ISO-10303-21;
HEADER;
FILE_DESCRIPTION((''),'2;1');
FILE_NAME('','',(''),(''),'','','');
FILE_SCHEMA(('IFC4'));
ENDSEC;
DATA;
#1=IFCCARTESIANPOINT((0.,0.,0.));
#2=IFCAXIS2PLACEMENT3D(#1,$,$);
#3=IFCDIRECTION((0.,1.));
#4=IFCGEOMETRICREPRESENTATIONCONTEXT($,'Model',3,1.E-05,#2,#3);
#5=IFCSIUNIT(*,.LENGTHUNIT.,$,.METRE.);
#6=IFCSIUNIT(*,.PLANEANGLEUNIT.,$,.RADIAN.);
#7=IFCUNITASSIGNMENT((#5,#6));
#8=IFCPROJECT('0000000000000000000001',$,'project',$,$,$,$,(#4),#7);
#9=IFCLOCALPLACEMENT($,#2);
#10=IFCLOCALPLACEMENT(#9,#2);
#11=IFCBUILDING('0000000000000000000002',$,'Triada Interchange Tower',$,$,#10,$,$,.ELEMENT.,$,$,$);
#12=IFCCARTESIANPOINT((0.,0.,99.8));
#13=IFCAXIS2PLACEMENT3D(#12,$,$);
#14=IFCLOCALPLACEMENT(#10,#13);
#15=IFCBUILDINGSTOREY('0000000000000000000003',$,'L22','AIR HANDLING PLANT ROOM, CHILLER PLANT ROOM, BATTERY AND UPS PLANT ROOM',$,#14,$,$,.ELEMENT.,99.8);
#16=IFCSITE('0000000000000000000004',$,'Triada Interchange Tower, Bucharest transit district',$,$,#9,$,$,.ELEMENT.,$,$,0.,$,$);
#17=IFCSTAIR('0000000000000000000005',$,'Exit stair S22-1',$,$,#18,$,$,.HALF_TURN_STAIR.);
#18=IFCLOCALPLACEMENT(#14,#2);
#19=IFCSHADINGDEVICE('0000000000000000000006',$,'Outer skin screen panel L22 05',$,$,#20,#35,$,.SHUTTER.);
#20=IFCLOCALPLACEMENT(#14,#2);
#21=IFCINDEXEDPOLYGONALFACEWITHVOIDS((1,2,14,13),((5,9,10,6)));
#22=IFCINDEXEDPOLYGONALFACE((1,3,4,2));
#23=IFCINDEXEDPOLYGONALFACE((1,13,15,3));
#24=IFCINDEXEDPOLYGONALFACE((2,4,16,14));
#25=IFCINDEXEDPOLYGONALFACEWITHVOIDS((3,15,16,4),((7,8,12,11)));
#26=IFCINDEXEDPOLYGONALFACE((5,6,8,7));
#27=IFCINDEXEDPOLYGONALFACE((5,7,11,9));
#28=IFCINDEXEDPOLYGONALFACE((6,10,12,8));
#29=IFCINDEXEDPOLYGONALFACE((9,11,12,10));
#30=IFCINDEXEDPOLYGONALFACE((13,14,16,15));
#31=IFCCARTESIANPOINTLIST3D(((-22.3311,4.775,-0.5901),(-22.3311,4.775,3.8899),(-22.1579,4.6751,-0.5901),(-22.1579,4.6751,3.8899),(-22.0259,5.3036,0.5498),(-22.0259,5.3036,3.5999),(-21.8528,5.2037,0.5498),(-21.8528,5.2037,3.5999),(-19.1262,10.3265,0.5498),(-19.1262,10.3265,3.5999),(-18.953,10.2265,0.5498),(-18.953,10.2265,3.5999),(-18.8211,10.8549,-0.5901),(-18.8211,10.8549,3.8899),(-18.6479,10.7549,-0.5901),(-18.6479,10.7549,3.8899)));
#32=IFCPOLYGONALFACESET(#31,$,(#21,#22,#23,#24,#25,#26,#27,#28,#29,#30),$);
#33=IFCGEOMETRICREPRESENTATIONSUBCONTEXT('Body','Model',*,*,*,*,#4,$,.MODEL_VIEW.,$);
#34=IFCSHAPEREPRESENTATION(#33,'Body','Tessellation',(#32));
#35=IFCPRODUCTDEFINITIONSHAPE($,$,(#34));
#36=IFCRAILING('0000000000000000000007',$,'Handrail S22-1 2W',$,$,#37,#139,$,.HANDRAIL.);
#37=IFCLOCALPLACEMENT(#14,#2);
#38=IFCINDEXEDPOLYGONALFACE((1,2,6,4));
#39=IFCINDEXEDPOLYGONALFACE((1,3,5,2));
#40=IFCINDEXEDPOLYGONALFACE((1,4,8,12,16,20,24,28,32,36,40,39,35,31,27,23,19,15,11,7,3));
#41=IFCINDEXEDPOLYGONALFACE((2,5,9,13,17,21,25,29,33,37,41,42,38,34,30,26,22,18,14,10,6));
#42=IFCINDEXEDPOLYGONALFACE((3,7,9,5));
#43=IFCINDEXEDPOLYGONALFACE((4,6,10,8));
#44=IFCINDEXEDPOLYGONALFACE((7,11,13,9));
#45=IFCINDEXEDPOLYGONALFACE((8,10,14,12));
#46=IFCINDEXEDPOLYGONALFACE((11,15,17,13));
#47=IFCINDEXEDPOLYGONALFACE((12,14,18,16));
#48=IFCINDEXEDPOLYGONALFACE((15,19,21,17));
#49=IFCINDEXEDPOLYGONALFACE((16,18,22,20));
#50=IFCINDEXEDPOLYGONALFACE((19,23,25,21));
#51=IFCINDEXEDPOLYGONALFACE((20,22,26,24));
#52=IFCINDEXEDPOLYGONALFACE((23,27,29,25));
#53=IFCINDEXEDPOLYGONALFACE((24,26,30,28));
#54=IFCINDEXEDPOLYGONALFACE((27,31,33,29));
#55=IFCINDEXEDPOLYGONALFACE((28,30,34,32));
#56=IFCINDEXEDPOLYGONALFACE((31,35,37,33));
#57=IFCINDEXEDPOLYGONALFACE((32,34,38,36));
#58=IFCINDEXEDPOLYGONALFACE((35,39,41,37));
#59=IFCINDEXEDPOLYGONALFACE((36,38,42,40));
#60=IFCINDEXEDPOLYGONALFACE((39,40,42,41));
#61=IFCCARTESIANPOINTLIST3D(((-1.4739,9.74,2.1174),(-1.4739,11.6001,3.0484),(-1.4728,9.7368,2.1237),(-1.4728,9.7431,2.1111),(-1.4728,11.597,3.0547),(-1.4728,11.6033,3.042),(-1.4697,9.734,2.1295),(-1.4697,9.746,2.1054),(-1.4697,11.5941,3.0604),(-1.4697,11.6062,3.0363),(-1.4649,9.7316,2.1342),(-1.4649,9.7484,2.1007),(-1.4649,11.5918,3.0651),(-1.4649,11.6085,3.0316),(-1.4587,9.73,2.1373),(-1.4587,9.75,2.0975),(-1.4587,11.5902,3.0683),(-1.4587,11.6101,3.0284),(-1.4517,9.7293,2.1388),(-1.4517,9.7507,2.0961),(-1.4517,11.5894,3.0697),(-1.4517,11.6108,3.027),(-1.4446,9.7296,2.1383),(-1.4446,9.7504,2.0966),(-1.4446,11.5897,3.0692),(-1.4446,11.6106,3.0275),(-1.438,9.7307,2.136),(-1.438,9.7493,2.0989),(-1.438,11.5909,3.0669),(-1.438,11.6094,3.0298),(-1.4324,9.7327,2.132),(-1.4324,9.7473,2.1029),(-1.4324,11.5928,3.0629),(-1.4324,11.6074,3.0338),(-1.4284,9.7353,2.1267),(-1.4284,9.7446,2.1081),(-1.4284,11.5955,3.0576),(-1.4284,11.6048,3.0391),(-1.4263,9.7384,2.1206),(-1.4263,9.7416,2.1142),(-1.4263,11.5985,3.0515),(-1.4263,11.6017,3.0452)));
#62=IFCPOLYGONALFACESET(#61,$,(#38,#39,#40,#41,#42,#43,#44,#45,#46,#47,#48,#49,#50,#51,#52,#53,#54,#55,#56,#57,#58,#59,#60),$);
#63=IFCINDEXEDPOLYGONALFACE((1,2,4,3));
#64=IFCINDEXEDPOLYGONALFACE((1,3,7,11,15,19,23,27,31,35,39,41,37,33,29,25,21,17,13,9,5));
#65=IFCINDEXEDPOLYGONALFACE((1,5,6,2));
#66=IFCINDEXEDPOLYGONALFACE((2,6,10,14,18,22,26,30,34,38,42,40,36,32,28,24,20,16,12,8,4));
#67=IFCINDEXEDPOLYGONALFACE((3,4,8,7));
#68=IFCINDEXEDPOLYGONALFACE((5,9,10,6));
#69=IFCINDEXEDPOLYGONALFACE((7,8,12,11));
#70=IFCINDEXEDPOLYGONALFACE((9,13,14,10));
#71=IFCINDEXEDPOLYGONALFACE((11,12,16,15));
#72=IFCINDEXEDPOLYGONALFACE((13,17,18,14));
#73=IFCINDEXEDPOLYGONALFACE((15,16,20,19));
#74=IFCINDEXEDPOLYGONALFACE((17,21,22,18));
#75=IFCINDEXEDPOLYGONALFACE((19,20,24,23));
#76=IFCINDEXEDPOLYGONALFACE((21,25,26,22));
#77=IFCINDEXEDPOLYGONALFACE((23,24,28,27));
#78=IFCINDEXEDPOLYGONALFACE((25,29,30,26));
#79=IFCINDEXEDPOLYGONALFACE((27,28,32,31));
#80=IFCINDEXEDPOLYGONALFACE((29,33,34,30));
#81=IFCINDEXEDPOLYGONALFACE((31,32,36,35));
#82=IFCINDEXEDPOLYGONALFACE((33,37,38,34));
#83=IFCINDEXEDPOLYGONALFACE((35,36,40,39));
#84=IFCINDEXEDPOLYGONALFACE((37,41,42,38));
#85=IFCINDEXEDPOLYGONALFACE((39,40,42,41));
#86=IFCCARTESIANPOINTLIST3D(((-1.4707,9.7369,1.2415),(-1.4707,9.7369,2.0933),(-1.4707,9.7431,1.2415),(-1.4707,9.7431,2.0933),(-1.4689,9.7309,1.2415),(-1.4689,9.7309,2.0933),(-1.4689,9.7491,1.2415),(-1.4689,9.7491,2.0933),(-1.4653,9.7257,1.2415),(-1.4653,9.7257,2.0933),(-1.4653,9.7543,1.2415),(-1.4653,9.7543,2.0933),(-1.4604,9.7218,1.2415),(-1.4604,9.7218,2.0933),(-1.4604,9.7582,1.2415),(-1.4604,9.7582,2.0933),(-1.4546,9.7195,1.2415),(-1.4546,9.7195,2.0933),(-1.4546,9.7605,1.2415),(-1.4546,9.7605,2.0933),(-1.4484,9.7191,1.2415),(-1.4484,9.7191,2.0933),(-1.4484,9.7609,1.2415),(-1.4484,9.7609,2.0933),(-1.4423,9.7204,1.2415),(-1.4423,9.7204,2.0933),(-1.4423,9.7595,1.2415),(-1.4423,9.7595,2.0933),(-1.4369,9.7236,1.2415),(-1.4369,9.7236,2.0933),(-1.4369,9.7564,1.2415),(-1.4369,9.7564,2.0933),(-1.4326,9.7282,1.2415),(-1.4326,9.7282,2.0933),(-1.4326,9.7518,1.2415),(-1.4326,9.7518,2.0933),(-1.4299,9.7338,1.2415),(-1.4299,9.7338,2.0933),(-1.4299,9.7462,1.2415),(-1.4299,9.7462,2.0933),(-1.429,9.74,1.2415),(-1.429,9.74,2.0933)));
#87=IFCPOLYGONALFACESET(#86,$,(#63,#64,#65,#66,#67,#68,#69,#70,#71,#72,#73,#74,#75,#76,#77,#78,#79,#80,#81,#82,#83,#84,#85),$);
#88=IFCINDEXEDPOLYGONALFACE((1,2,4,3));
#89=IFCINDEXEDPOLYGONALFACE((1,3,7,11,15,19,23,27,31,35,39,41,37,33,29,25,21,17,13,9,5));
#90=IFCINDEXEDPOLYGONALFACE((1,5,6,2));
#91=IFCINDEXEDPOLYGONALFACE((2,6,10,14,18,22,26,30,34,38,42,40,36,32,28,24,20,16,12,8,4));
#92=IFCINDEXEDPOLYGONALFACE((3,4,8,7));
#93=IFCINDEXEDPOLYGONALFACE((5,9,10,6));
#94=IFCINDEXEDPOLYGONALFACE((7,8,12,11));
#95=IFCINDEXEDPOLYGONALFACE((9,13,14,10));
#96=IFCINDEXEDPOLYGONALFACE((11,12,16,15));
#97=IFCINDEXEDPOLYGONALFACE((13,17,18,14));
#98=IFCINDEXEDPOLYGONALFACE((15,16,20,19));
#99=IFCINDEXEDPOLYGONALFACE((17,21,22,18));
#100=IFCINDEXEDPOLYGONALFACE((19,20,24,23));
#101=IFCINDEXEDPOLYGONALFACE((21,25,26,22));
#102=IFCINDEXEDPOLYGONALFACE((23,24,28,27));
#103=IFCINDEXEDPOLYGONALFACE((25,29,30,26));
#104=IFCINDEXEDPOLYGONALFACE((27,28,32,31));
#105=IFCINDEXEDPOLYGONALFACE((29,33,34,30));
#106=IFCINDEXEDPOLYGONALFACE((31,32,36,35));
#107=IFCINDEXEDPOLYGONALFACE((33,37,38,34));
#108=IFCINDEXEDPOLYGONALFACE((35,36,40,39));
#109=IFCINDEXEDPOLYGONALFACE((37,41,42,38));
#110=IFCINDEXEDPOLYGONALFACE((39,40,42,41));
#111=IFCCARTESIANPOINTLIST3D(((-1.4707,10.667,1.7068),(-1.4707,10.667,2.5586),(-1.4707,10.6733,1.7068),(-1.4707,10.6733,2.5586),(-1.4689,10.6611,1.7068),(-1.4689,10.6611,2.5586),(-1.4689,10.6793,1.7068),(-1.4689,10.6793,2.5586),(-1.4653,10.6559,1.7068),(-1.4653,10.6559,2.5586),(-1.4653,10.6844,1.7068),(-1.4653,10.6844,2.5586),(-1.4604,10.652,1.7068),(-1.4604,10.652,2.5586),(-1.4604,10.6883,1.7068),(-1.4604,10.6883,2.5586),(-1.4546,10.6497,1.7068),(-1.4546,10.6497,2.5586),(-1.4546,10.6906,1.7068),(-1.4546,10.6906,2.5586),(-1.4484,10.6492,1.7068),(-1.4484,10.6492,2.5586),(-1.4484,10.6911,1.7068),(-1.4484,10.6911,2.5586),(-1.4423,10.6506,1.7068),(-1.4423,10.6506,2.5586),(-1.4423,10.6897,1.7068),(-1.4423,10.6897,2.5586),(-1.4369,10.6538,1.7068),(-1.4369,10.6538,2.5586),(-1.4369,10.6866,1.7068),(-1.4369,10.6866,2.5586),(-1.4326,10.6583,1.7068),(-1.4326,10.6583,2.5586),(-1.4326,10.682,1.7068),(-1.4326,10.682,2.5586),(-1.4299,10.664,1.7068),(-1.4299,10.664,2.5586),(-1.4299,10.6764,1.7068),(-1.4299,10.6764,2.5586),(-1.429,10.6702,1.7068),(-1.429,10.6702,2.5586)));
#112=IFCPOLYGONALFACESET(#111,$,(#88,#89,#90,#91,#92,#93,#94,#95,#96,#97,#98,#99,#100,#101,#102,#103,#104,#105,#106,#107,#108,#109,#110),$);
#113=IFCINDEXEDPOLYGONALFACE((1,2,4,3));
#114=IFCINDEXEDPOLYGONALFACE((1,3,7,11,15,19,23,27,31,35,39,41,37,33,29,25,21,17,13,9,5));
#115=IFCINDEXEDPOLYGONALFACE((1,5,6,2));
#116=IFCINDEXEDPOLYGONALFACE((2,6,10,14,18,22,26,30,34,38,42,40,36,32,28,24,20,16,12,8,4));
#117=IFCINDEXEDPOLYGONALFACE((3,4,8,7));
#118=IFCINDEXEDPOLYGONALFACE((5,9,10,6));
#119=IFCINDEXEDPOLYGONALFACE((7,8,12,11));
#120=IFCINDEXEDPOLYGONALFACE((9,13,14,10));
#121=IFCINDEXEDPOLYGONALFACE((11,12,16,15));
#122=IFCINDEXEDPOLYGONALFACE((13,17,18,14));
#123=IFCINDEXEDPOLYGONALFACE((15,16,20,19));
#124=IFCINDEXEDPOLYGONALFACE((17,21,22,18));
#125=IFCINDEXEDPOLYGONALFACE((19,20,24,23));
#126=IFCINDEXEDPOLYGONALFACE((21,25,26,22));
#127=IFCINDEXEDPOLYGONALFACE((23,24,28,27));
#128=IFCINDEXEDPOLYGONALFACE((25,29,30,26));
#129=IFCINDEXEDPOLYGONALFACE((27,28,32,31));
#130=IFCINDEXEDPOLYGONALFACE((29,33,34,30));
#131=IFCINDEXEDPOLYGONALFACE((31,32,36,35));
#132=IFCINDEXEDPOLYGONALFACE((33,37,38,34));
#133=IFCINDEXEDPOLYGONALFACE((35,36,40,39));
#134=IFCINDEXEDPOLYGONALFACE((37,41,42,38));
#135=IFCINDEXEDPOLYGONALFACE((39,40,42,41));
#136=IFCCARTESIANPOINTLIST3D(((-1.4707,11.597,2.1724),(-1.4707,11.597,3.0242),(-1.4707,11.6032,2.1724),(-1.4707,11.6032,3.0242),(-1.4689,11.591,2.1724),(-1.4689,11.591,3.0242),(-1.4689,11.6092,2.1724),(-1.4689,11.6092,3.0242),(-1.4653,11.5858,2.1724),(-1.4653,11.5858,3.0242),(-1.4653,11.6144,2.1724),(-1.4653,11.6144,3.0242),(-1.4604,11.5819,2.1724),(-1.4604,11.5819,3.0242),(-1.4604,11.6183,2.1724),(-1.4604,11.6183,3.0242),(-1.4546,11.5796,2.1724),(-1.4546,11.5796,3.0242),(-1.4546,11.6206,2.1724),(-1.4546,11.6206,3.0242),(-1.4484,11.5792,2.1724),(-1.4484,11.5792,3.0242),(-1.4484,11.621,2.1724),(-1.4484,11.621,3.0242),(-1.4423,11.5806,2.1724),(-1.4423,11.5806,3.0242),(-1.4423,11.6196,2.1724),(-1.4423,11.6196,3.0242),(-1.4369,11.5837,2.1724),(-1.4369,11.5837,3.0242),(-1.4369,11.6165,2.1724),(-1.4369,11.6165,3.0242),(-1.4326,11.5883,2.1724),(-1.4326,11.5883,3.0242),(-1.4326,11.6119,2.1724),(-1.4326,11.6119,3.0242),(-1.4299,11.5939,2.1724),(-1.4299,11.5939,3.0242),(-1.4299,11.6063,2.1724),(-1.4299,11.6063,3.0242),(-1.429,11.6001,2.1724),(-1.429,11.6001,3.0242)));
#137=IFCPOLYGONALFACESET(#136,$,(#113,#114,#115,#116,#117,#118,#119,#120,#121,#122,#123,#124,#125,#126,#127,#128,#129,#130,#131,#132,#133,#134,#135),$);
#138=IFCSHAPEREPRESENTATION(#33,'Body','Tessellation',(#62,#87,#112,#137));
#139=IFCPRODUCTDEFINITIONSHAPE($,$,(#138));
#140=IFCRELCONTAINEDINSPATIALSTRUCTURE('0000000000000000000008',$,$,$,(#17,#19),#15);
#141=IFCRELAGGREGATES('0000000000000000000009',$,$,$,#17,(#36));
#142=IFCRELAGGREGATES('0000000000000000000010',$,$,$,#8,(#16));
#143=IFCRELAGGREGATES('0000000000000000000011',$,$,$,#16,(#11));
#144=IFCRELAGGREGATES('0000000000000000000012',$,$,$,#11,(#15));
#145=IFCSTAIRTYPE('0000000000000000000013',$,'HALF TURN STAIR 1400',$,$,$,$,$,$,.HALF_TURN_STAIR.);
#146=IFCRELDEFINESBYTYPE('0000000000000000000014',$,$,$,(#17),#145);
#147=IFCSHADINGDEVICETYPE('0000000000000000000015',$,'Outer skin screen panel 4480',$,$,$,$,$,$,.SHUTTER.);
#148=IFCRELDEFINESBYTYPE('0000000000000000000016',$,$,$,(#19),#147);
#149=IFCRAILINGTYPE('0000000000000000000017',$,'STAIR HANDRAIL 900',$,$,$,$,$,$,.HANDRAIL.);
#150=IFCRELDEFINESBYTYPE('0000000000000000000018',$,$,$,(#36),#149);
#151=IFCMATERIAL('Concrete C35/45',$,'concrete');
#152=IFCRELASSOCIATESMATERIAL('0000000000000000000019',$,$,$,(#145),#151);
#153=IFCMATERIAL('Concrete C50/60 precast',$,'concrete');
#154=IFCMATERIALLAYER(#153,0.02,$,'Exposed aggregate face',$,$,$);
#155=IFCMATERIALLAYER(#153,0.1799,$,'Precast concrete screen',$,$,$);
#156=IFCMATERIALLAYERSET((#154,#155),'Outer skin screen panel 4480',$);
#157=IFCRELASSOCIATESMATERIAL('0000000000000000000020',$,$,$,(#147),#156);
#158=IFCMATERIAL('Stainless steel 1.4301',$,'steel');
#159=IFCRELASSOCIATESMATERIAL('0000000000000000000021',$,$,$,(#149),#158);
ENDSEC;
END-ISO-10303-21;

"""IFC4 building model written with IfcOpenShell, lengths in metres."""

from ifc_helpers import new_model, si_unit, direction, frame, origin, origin_2d, place, context, subcontext, project, spatial, polyline, circle, outline, extrude, material, layer, layer_set, type_object, element, aggregate, save


model = new_model("IFC4")

# Units and contexts
model_context = context("Model", 3, precision=1e-05, world=origin(), true_north=direction((0.0, 1.0)))
body_context = subcontext(model_context, "Body", "Model", "MODEL_VIEW")
ifc_project = project(units=[si_unit("LENGTHUNIT", "METRE"), si_unit("PLANEANGLEUNIT", "RADIAN")], contexts=[model_context])

# Site, building, storey
site_placement = place(None, origin())
site = spatial("IfcSite", under=ifc_project, at=site_placement, Name="Triada Interchange Tower, Bucharest transit district", CompositionType="ELEMENT", RefElevation=0.0)
building_placement = place(site_placement, origin())
building = spatial("IfcBuilding", under=site, at=building_placement, Name="Triada Interchange Tower", CompositionType="ELEMENT")
storey_placement = place(building_placement, frame((0.0, 0.0, 99.8)))
storey = spatial("IfcBuildingStorey", under=building, at=storey_placement, Name="L22", Description="AIR HANDLING PLANT ROOM, CHILLER PLANT ROOM, BATTERY AND UPS PLANT ROOM", CompositionType="ELEMENT", Elevation=99.8)

# Stair
ifc_material_1 = material(Name="Concrete C35/45", Category="concrete")
stair_type = type_object("IfcStairType", Name="HALF TURN STAIR 1400", PredefinedType="HALF_TURN_STAIR", material=ifc_material_1)
stair_placement = place(storey_placement, origin())
stair = element("IfcStair", 1, at=stair_placement, inside=storey, type_object=stair_type, Name="Exit stair S22-1", PredefinedType="HALF_TURN_STAIR")

# Shading device
ifc_material_2 = material(Name="Concrete C50/60 precast", Category="concrete")
ifc_layer_1 = layer(ifc_material_2, 0.02, Name="Exposed aggregate face")
ifc_layer_2 = layer(ifc_material_2, 0.1799, Name="Precast concrete screen")
ifc_layer_set_1 = layer_set([ifc_layer_1, ifc_layer_2], Name="Outer skin screen panel 4480")
shading_device_type = type_object("IfcShadingDeviceType", Name="Outer skin screen panel 4480", PredefinedType="SHUTTER", material=ifc_layer_set_1)
shading_device_1_placement = place(storey_placement, frame((-18.6479, 10.7549, -0.5901), z_axis=(0.0, 0.0, 1.0), x_axis=(-0.49998, -0.866037, 0.0)))
element("IfcShadingDevice", 2, at=shading_device_1_placement, inside=storey, type_object=shading_device_type, Name="Outer skin screen panel L22 05", PredefinedType="SHUTTER", context=body_context, shape_type="SweptSolid", body=[
    extrude(outline(polyline([(0.0, 0.0), (7.0203, 0.0), (7.0203, 4.48), (0.0, 4.48), (0.0, 0.0)]), holes=[polyline([(0.6101, 1.1399), (0.6101, 4.1899), (6.4099, 4.1899), (6.4099, 1.1399), (0.6101, 1.1399)])]), frame((0.0, 0.0, 0.0), z_axis=(0.0, -1.0, 0.0), x_axis=(1.0, 0.0, 0.0)), (0.0, 0.0, 1.0), 0.2),
])

# Railing
ifc_material_3 = material(Name="Stainless steel 1.4301", Category="steel")
railing_type = type_object("IfcRailingType", Name="STAIR HANDRAIL 900", PredefinedType="HANDRAIL", material=ifc_material_3)
railing_1_placement = place(storey_placement, frame((-1.45, 9.74, 1.2415)))
railing_1 = element("IfcRailing", 3, at=railing_1_placement, type_object=railing_type, Name="Handrail S22-1 2W", PredefinedType="HANDRAIL", context=body_context, shape_type="SweptSolid", body=[
    extrude(circle(Radius=0.0239, at=origin_2d()), frame((0.0, 0.0, 0.876), z_axis=(0.0, 0.894263, 0.447542), x_axis=(-1.0, 0.0, 0.0)), (0.0, 0.0, 1.0), 2.0801),
    extrude(circle(Radius=0.021, at=origin_2d()), origin(), (0.0, 0.0, 1.0), 0.8518),
    extrude(circle(Radius=0.021, at=origin_2d()), frame((0.0, 0.9302, 0.4653)), (0.0, 0.0, 1.0), 0.8518),
    extrude(circle(Radius=0.021, at=origin_2d()), frame((0.0, 1.8601, 0.9309)), (0.0, 0.0, 1.0), 0.8518),
])
aggregate(stair, [railing_1])

save(model, "model.ifc")
